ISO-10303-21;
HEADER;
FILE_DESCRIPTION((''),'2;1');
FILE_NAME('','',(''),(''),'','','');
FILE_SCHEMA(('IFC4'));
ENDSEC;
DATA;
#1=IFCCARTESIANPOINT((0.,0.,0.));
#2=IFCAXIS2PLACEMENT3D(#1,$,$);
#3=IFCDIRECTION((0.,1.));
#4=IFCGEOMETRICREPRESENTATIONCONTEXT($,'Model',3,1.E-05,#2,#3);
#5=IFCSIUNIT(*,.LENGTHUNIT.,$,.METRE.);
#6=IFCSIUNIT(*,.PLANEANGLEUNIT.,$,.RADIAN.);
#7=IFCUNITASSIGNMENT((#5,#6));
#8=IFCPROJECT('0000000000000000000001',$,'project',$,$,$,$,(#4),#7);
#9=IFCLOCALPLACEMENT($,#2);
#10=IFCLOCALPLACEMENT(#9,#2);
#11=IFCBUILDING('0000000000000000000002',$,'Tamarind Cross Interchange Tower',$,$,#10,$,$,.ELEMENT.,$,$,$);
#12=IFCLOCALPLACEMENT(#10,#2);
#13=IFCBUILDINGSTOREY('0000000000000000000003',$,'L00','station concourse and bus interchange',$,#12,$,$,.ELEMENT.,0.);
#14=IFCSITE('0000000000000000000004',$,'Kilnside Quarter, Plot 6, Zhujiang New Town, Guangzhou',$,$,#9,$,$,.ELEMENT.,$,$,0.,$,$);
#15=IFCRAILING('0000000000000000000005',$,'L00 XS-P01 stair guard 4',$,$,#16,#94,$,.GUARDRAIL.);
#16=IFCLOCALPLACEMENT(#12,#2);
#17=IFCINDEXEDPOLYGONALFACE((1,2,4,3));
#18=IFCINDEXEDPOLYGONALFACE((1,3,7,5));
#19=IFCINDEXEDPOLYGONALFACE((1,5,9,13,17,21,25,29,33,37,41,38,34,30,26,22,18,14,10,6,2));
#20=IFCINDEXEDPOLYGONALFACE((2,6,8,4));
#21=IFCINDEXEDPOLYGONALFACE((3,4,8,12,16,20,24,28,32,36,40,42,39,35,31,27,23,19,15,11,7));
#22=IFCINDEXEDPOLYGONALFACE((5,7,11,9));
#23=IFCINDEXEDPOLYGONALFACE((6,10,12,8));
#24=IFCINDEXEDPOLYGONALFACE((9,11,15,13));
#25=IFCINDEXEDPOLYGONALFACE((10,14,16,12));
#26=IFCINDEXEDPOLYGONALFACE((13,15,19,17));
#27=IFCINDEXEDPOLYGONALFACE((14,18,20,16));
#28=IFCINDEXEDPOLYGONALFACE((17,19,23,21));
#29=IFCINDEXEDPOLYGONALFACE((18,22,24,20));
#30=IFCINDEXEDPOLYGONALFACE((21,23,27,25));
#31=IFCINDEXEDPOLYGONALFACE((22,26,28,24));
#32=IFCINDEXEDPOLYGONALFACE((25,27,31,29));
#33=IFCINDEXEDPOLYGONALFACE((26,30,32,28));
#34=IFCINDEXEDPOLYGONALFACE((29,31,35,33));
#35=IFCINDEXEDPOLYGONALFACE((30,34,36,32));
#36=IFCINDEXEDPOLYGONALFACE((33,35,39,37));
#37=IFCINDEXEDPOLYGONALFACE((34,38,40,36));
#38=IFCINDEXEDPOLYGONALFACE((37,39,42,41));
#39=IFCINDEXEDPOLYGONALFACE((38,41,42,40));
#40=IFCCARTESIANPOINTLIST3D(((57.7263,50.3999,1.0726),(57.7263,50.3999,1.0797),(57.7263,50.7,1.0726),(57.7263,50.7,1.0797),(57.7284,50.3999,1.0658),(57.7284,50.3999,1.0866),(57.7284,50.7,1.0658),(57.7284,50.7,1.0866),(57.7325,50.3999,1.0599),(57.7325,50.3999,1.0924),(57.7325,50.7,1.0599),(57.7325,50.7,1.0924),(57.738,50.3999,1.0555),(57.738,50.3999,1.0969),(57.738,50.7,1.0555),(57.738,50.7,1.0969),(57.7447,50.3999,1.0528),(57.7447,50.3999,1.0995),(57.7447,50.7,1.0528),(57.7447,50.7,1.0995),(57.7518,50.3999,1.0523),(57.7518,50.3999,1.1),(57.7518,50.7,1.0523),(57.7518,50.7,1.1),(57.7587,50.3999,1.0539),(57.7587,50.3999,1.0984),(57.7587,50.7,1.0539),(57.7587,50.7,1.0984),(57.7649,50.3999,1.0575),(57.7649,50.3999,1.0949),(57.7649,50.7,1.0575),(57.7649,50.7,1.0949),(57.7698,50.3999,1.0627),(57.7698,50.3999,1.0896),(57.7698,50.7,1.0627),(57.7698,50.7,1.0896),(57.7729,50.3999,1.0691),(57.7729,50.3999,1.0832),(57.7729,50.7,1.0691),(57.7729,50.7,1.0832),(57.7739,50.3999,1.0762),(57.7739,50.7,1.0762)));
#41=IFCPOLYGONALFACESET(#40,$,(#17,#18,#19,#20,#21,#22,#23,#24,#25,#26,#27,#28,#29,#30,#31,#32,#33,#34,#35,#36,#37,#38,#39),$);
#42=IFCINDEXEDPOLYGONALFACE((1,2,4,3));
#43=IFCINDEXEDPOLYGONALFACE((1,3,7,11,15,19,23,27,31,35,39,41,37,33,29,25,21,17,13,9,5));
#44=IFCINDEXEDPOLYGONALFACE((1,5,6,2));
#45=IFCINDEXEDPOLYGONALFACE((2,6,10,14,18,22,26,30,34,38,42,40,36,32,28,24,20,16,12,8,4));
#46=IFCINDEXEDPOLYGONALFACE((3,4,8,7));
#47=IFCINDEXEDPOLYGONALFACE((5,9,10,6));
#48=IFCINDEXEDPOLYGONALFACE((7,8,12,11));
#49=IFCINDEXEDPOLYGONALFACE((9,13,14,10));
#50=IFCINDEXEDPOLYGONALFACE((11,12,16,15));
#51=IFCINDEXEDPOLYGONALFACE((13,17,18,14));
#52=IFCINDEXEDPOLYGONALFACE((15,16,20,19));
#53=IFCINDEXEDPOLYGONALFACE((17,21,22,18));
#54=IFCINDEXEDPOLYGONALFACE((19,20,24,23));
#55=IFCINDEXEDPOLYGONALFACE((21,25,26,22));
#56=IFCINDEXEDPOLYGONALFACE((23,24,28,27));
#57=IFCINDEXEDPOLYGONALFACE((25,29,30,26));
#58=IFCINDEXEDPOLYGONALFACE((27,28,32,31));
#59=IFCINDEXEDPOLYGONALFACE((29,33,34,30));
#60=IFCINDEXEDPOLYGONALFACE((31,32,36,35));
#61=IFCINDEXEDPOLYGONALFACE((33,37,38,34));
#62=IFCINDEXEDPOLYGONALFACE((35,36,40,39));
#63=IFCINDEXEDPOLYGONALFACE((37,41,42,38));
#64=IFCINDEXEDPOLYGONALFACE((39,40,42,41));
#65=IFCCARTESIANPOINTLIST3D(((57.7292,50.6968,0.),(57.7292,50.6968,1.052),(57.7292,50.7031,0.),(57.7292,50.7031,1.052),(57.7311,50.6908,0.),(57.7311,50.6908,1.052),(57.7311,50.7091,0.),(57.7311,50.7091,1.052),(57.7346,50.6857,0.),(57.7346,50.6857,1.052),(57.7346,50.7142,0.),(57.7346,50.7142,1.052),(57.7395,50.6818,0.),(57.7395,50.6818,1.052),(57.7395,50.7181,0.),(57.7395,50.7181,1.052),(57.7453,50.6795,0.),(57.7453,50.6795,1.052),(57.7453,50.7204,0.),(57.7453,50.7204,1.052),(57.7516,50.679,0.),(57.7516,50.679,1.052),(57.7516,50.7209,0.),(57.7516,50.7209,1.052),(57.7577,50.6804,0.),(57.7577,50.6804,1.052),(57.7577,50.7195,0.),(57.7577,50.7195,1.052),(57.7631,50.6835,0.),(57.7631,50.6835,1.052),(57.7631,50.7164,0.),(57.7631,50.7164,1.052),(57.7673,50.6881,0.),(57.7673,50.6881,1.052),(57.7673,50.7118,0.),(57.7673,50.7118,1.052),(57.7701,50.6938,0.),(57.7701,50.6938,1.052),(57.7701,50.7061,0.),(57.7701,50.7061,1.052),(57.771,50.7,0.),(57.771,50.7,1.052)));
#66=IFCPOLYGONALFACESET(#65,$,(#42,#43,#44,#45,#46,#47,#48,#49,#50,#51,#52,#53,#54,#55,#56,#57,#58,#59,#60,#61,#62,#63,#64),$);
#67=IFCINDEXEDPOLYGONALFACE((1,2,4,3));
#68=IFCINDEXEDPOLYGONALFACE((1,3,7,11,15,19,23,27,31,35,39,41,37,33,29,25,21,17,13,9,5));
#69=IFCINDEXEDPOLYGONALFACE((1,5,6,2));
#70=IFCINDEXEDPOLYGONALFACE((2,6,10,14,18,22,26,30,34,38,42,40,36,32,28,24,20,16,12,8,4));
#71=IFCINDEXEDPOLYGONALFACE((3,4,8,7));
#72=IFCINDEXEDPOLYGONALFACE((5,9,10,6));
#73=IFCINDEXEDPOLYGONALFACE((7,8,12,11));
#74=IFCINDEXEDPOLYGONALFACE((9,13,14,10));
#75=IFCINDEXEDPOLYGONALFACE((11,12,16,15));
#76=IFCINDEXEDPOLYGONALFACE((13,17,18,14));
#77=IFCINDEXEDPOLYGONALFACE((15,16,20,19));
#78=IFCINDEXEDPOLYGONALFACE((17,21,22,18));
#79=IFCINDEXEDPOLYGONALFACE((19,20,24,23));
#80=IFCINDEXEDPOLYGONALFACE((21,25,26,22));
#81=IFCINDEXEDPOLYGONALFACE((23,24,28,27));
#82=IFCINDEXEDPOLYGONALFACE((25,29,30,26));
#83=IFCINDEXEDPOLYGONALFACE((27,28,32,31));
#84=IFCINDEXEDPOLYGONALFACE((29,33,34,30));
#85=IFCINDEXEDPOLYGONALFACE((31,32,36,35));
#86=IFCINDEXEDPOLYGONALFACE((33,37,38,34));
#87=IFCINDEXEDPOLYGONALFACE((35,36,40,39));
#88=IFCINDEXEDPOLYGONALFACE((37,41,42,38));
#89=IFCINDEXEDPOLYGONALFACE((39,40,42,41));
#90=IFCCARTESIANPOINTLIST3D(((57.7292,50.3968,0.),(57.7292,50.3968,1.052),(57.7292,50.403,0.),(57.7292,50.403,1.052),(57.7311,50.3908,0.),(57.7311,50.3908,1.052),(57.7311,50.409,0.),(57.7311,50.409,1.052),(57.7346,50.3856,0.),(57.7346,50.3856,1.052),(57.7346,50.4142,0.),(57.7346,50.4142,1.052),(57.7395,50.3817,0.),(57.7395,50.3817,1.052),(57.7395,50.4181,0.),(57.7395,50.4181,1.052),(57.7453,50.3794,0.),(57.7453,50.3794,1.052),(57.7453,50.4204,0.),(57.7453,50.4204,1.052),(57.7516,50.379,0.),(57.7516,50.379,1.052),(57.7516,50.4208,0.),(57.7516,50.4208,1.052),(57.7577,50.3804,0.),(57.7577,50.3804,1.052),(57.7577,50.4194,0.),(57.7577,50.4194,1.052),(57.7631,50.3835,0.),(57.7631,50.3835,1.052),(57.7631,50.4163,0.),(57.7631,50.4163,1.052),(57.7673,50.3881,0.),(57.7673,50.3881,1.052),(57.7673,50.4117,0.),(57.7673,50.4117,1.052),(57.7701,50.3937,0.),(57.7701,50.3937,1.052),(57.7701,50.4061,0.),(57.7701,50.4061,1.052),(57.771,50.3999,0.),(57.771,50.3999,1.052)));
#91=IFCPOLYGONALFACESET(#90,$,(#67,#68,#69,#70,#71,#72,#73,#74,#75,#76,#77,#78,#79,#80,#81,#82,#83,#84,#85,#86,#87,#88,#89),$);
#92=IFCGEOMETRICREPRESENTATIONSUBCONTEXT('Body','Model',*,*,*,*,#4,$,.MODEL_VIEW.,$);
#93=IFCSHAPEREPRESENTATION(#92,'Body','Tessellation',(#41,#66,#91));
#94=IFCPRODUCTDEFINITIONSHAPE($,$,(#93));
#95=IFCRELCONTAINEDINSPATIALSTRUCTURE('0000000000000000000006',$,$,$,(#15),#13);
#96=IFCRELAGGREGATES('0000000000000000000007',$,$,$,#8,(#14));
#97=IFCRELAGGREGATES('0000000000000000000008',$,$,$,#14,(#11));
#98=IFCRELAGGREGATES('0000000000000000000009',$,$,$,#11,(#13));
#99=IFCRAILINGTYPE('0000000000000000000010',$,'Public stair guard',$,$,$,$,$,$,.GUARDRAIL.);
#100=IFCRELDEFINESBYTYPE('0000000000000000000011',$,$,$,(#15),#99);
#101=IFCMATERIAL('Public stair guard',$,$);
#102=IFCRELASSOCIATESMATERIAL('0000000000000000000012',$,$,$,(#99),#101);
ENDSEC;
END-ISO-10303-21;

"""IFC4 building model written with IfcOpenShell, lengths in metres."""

from ifc_helpers import new_model, si_unit, direction, frame, origin, origin_2d, place, context, subcontext, project, spatial, circle, extrude, material, type_object, element, save


model = new_model("IFC4")

# Units and contexts
model_context = context("Model", 3, precision=1e-05, world=origin(), true_north=direction((0.0, 1.0)))
body_context = subcontext(model_context, "Body", "Model", "MODEL_VIEW")
ifc_project = project(units=[si_unit("LENGTHUNIT", "METRE"), si_unit("PLANEANGLEUNIT", "RADIAN")], contexts=[model_context])

# Site, building, storey
site_placement = place(None, origin())
site = spatial("IfcSite", under=ifc_project, at=site_placement, Name="Kilnside Quarter, Plot 6, Zhujiang New Town, Guangzhou", CompositionType="ELEMENT", RefElevation=0.0)
building_placement = place(site_placement, origin())
building = spatial("IfcBuilding", under=site, at=building_placement, Name="Tamarind Cross Interchange Tower", CompositionType="ELEMENT")
storey_placement = place(building_placement, origin())
storey = spatial("IfcBuildingStorey", under=building, at=storey_placement, Name="L00", Description="station concourse and bus interchange", CompositionType="ELEMENT", Elevation=0.0)

# Railing
ifc_material_1 = material(Name="Public stair guard")
railing_type_1 = type_object("IfcRailingType", Name="Public stair guard", PredefinedType="GUARDRAIL", material=ifc_material_1)
railing_1_placement = place(storey_placement, frame((57.75, 50.7, 0.0)))
element("IfcRailing", 1, at=railing_1_placement, inside=storey, type_object=railing_type_1, Name="L00 XS-P01 stair guard 4", PredefinedType="GUARDRAIL", context=body_context, shape_type="SweptSolid", body=[
    extrude(circle(Radius=0.0239, at=origin_2d()), frame((0.0, 0.0, 1.0762), z_axis=(0.0, -1.0, 0.0), x_axis=(1.0, 0.0, 0.0)), (0.0, 0.0, 1.0), 0.3),
    extrude(circle(Radius=0.021, at=origin_2d()), origin(), (0.0, 0.0, 1.0), 1.052),
    extrude(circle(Radius=0.021, at=origin_2d()), frame((0.0, -0.3, 0.0)), (0.0, 0.0, 1.0), 1.052),
])

save(model, "model.ifc")
